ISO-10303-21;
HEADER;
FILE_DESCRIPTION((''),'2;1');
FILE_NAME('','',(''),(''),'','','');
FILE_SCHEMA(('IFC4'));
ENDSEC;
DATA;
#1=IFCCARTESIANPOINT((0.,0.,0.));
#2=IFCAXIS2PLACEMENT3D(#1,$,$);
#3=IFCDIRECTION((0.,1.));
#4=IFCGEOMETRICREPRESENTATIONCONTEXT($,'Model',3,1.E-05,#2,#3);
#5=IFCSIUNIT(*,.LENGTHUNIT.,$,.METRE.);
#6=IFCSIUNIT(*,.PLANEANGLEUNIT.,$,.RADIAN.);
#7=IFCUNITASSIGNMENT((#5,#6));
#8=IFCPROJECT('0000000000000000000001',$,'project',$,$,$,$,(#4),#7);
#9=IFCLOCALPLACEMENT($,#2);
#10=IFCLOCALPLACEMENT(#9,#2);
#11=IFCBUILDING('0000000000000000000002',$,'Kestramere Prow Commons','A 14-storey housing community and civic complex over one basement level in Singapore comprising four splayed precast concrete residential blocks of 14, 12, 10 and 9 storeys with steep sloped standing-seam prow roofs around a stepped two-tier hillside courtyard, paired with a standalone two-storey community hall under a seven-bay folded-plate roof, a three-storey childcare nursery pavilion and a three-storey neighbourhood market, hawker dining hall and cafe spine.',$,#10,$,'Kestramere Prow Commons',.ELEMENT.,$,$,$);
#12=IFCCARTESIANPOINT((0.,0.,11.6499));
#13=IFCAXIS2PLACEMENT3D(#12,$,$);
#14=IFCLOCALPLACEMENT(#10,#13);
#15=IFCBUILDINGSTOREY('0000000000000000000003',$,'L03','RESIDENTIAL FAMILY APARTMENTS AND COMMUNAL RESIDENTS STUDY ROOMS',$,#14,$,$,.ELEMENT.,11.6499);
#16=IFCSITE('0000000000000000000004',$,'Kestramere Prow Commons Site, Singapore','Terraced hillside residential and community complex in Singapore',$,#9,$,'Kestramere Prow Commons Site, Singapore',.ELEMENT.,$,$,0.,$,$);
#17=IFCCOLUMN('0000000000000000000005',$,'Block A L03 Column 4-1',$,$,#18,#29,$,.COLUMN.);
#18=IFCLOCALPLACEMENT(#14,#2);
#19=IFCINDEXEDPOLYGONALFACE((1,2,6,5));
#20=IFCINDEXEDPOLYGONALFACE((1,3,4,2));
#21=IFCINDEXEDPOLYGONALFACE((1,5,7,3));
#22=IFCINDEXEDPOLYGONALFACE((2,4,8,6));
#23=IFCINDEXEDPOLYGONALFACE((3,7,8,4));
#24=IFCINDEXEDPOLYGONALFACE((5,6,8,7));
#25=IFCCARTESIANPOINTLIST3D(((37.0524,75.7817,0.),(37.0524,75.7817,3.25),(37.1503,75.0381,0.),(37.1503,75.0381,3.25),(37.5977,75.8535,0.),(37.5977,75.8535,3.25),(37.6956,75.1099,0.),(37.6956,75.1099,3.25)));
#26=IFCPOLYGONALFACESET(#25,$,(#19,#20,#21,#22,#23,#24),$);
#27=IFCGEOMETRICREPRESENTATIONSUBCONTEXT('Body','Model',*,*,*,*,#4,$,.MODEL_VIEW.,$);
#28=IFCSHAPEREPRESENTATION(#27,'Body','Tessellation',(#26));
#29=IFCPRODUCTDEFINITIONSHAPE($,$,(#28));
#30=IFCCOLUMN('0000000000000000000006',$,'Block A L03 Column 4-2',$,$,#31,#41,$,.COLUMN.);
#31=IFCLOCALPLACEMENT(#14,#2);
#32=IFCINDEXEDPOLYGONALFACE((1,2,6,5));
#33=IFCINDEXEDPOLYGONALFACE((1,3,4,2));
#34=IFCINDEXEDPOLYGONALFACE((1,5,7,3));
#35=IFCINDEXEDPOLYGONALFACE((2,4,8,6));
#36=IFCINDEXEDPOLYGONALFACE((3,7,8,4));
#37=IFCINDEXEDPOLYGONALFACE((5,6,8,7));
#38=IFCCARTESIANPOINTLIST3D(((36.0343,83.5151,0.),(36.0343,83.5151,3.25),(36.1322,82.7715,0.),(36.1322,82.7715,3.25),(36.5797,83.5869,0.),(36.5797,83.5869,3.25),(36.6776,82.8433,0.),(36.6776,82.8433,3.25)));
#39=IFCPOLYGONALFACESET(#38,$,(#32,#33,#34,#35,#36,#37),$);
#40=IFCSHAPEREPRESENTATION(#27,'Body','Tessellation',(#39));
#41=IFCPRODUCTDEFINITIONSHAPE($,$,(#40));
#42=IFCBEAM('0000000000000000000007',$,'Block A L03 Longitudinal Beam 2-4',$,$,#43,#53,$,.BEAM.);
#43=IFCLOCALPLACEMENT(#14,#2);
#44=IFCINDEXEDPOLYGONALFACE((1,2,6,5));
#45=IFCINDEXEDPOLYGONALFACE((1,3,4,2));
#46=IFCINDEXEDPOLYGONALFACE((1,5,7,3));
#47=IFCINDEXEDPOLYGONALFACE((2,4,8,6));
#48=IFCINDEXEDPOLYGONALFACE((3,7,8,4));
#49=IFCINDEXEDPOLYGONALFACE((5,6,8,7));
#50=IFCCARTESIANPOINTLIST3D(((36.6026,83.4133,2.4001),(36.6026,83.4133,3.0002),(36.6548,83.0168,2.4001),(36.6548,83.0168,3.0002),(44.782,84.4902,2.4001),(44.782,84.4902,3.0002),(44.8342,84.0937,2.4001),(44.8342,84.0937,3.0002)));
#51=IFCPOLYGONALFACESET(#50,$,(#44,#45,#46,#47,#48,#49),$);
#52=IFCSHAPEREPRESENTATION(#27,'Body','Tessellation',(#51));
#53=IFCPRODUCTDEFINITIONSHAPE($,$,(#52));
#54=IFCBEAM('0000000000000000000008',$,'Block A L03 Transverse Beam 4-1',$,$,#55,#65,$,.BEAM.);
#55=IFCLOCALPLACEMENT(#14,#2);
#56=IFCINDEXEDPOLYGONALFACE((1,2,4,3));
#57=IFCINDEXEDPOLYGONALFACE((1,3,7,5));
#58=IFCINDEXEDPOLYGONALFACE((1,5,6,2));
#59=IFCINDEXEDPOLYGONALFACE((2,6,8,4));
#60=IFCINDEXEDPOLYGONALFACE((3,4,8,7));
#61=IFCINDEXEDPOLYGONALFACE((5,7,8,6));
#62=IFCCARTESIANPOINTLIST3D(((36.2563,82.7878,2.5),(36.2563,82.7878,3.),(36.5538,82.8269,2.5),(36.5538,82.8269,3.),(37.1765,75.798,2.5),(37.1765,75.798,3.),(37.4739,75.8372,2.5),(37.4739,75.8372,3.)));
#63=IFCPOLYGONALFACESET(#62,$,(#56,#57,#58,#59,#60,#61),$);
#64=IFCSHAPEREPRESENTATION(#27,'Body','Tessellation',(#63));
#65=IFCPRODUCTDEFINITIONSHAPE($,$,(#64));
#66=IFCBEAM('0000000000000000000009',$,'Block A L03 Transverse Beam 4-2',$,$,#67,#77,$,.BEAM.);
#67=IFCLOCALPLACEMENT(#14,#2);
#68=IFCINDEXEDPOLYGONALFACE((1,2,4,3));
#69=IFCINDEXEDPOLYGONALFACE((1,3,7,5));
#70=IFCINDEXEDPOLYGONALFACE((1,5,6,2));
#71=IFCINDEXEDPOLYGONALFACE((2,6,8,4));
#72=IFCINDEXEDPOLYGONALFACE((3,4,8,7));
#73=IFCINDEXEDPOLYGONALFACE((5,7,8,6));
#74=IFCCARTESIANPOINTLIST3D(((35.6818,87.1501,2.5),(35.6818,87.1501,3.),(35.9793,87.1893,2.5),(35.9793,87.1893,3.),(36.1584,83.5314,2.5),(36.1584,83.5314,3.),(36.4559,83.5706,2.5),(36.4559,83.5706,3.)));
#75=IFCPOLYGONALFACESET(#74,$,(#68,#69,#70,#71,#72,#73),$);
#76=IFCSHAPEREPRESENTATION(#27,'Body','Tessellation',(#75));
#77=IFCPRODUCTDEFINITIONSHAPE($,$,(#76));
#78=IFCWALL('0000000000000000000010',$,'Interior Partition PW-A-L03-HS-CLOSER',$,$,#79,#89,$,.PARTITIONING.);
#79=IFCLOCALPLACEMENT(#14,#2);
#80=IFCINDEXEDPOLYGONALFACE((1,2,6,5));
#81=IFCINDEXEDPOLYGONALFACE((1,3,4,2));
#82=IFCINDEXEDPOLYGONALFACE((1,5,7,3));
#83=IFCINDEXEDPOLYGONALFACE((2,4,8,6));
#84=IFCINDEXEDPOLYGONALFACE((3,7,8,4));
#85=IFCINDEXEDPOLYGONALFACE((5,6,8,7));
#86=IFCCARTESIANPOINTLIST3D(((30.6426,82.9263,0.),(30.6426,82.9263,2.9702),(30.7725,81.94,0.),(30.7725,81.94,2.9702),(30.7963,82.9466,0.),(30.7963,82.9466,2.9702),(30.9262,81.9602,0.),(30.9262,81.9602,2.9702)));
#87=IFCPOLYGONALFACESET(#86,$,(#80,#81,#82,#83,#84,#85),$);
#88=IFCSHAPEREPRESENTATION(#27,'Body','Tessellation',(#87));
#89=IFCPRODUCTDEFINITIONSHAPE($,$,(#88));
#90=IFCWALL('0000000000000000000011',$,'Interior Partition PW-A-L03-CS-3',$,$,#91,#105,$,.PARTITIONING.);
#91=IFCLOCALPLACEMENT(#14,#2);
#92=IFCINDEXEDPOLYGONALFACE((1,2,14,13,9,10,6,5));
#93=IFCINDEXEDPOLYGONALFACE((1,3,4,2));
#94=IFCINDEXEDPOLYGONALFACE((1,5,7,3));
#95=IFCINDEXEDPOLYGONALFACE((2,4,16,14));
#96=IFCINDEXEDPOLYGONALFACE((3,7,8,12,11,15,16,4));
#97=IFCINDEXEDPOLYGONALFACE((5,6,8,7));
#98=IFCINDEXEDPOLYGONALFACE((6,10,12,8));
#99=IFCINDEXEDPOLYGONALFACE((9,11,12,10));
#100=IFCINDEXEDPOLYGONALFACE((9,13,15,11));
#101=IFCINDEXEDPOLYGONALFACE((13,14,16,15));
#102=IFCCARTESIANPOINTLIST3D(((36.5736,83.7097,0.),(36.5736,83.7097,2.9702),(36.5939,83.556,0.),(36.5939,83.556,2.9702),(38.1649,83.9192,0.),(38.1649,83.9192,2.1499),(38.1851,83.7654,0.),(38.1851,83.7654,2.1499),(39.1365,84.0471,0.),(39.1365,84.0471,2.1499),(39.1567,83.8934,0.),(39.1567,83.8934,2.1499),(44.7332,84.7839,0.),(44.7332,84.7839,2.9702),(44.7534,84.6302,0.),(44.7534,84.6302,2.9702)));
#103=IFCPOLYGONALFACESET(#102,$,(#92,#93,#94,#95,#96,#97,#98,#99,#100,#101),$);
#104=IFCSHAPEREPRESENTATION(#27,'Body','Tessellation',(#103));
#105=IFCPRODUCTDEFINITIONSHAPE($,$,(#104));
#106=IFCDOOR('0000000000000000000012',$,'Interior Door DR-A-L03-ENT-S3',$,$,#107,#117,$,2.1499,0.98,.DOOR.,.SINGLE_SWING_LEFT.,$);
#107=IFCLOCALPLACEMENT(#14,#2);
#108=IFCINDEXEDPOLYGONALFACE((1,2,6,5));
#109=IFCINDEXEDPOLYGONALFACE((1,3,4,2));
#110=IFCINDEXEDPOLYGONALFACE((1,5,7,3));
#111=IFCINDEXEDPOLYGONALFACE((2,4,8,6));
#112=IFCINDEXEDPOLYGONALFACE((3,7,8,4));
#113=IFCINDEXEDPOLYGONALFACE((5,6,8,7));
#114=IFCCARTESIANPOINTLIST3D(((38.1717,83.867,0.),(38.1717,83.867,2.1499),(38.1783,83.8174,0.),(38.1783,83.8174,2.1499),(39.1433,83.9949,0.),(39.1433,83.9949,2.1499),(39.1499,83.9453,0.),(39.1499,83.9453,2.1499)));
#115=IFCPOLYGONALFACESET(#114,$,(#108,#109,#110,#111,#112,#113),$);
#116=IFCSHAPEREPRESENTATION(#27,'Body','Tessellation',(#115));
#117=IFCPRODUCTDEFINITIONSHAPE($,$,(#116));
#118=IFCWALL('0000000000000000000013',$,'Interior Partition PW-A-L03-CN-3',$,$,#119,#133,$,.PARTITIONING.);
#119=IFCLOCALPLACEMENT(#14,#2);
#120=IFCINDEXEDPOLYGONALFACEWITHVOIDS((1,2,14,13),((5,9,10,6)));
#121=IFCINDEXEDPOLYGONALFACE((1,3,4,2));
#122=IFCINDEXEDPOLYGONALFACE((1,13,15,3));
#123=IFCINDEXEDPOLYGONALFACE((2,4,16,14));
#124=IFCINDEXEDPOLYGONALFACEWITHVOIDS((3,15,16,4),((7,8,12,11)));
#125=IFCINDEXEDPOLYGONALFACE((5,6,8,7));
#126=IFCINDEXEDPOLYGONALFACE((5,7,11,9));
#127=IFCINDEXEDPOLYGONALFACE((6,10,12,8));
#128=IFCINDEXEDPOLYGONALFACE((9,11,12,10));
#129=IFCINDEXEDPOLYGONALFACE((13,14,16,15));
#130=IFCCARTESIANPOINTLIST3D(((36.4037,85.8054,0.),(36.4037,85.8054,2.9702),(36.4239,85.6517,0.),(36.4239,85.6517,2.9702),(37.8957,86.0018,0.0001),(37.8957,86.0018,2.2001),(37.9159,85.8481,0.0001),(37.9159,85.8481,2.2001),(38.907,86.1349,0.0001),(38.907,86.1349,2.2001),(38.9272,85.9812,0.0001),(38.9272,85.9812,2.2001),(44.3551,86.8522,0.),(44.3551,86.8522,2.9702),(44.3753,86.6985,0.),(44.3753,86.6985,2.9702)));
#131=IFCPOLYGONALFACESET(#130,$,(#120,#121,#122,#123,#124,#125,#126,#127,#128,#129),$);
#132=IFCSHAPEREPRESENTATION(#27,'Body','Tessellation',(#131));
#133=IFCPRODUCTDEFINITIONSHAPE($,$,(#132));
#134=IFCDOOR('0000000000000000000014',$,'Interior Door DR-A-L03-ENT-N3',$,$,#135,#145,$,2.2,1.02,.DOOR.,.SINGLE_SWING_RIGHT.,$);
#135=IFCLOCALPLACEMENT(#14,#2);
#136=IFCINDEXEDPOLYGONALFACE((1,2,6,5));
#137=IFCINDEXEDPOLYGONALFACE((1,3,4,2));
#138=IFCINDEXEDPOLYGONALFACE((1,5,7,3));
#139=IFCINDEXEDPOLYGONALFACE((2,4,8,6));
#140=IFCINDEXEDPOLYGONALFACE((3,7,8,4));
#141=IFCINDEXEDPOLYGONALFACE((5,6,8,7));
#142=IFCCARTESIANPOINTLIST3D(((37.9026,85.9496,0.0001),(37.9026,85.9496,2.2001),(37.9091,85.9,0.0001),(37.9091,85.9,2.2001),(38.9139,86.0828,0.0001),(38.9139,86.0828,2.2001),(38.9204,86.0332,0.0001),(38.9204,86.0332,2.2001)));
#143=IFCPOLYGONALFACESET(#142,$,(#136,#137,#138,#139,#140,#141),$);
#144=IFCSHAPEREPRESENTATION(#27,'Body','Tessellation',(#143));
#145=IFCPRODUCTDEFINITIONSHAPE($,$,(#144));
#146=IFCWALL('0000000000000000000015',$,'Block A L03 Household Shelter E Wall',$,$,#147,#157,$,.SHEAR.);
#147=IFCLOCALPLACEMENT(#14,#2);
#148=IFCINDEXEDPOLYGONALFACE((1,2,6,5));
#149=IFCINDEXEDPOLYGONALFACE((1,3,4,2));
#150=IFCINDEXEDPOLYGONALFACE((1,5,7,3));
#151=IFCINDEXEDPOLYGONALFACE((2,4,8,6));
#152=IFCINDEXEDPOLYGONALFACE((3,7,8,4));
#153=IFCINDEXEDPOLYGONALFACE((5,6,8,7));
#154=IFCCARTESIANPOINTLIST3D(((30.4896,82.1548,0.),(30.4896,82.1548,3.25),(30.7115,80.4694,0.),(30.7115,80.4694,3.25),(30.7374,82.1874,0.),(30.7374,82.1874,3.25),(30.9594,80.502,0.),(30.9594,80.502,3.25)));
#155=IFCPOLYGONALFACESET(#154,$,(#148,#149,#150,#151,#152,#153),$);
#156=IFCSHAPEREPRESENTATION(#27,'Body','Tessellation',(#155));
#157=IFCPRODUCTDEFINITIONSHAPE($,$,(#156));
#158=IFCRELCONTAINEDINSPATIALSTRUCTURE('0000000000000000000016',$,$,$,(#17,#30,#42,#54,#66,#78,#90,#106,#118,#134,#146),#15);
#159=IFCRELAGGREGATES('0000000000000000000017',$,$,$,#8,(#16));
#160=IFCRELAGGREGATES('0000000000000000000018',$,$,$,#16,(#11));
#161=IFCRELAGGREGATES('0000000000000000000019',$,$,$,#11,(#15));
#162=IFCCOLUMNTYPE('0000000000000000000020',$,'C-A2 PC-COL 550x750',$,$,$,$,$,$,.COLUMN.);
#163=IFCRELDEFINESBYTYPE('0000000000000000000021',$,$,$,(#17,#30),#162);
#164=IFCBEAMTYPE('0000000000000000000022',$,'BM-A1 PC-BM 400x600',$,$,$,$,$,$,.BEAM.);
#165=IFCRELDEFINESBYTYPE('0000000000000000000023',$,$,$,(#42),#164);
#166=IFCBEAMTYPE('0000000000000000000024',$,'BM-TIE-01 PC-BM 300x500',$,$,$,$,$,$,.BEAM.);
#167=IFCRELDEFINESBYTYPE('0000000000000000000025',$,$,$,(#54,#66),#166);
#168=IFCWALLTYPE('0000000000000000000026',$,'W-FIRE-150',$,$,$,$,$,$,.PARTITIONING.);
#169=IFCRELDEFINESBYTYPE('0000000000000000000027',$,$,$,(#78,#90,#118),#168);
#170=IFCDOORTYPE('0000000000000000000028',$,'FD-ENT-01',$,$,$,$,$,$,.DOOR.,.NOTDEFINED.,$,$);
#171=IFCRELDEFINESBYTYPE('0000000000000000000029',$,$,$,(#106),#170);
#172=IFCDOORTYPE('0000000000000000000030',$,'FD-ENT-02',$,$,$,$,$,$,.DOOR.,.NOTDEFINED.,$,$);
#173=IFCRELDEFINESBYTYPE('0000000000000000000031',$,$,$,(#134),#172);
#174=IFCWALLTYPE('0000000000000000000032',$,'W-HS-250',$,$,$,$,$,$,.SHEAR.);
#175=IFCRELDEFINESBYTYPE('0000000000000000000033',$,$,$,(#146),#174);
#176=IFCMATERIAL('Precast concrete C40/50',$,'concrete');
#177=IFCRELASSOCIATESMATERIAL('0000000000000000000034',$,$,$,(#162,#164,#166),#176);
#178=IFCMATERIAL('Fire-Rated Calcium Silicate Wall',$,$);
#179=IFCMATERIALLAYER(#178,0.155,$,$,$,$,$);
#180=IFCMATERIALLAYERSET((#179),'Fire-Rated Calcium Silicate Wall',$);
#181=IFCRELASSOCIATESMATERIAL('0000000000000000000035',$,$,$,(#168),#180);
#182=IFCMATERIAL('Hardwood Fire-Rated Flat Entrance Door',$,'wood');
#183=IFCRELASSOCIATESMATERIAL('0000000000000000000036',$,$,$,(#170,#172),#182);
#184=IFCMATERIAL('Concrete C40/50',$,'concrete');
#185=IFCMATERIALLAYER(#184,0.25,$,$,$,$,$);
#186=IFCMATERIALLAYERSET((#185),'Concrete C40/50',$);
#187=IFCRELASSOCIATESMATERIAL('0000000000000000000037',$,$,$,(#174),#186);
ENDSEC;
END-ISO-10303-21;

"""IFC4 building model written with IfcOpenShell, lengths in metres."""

from ifc_helpers import new_model, si_unit, direction, frame, frame_2d, origin, origin_2d, place, context, subcontext, project, spatial, rectangle, extrude, material, layer, layer_set, material_profile, profile_set, type_object, element, fill, save


model = new_model("IFC4")

# Units and contexts
model_context = context("Model", 3, precision=1e-05, world=origin(), true_north=direction((0.0, 1.0)))
body_context = subcontext(model_context, "Body", "Model", "MODEL_VIEW")
ifc_project = project(units=[si_unit("LENGTHUNIT", "METRE"), si_unit("PLANEANGLEUNIT", "RADIAN")], contexts=[model_context])

# Site, building, storey
site_placement = place(None, origin())
site = spatial("IfcSite", under=ifc_project, at=site_placement, Name="Kestramere Prow Commons Site, Singapore", Description="Terraced hillside residential and community complex in Singapore", LongName="Kestramere Prow Commons Site, Singapore", CompositionType="ELEMENT", RefElevation=0.0)
building_placement = place(site_placement, origin())
building = spatial("IfcBuilding", under=site, at=building_placement, Name="Kestramere Prow Commons", Description="A 14-storey housing community and civic complex over one basement level in Singapore comprising four splayed precast concrete residential blocks of 14, 12, 10 and 9 storeys with steep sloped standing-seam prow roofs around a stepped two-tier hillside courtyard, paired with a standalone two-storey community hall under a seven-bay folded-plate roof, a three-storey childcare nursery pavilion and a three-storey neighbourhood market, hawker dining hall and cafe spine.", LongName="Kestramere Prow Commons", CompositionType="ELEMENT")
storey_placement = place(building_placement, frame((0.0, 0.0, 11.6499)))
storey = spatial("IfcBuildingStorey", under=building, at=storey_placement, Name="L03", Description="RESIDENTIAL FAMILY APARTMENTS AND COMMUNAL RESIDENTS STUDY ROOMS", CompositionType="ELEMENT", Elevation=11.6499)

# Columns
ifc_material_1 = material(Name="Precast concrete C40/50", Category="concrete")
ifc_material_profile_1 = material_profile(ifc_material_1, rectangle(XDim=0.55, YDim=0.75, at=origin_2d()), Name="PC-COL 550x750")
ifc_profile_set_1 = profile_set([ifc_material_profile_1], Name="Precast concrete C40/50")
column_type = type_object("IfcColumnType", Name="C-A2 PC-COL 550x750", PredefinedType="COLUMN", material=ifc_profile_set_1)
for number, where, z_axis, x_axis, name in (
    (1, (37.374, 75.4458, 0.0), (0.0, 0.0, 1.0), (0.991445, 0.130526, 0.0), "Block A L03 Column 4-1"),
    (2, (36.356, 83.1792, 0.0), (0.0, 0.0, 1.0), (0.991445, 0.130526, 0.0), "Block A L03 Column 4-2"),
):
    element("IfcColumn", number, at=place(storey_placement, frame(where, z_axis=z_axis, x_axis=x_axis)), inside=storey, type_object=column_type, Name=name, PredefinedType="COLUMN", context=body_context, shape_type="SweptSolid", body=[
        extrude(rectangle(XDim=0.55, YDim=0.75, at=origin_2d()), origin(), (0.0, 0.0, 1.0), 3.25),
    ])

# Beams
ifc_material_profile_2 = material_profile(ifc_material_1, rectangle(XDim=0.3999, YDim=0.6001, at=origin_2d()), Name="PC-BM 400x600")
ifc_profile_set_2 = profile_set([ifc_material_profile_2], Name="Precast concrete C40/50")
beam_type_1 = type_object("IfcBeamType", Name="BM-A1 PC-BM 400x600", PredefinedType="BEAM", material=ifc_profile_set_2)
beam_1_placement = place(storey_placement, frame((36.6287, 83.2151, 2.7002), z_axis=(0.991444, 0.130533, 0.0), x_axis=(-0.130533, 0.991444, 0.0)))
element("IfcBeam", 3, at=beam_1_placement, inside=storey, type_object=beam_type_1, Name="Block A L03 Longitudinal Beam 2-4", PredefinedType="BEAM", context=body_context, shape_type="SweptSolid", body=[
    extrude(rectangle(XDim=0.3999, YDim=0.6001, at=origin_2d()), origin(), (0.0, 0.0, 1.0), 8.25),
])
ifc_material_profile_3 = material_profile(ifc_material_1, rectangle(XDim=0.3, YDim=0.5, at=origin_2d()), Name="PC-BM 300x500")
ifc_profile_set_3 = profile_set([ifc_material_profile_3], Name="Precast concrete C40/50")
beam_type_2 = type_object("IfcBeamType", Name="BM-TIE-01 PC-BM 300x500", PredefinedType="BEAM", material=ifc_profile_set_3)
beam_2_placement = place(storey_placement, frame((37.3252, 75.8176, 2.75), z_axis=(-0.130519, 0.991446, 0.0), x_axis=(-0.991446, -0.130519, 0.0)))
element("IfcBeam", 4, at=beam_2_placement, inside=storey, type_object=beam_type_2, Name="Block A L03 Transverse Beam 4-1", PredefinedType="BEAM", context=body_context, shape_type="SweptSolid", body=[
    extrude(rectangle(XDim=0.3, YDim=0.5, at=origin_2d()), origin(), (0.0, 0.0, 1.0), 7.05),
])
beam_3_placement = place(storey_placement, frame((36.3071, 83.551, 2.75), z_axis=(-0.130569, 0.991439, 0.0), x_axis=(-0.991439, -0.130569, 0.0)))
element("IfcBeam", 5, at=beam_3_placement, inside=storey, type_object=beam_type_2, Name="Block A L03 Transverse Beam 4-2", PredefinedType="BEAM", context=body_context, shape_type="SweptSolid", body=[
    extrude(rectangle(XDim=0.3, YDim=0.5, at=origin_2d()), origin(), (0.0, 0.0, 1.0), 3.6499),
])

# Wall
ifc_material_2 = material(Name="Fire-Rated Calcium Silicate Wall")
ifc_layer_1 = layer(ifc_material_2, 0.155)
ifc_layer_set_1 = layer_set([ifc_layer_1], Name="Fire-Rated Calcium Silicate Wall")
wall_type_1 = type_object("IfcWallType", Name="W-FIRE-150", PredefinedType="PARTITIONING", material=ifc_layer_set_1)
wall_1_placement = place(storey_placement, frame((30.8494, 81.95, 0.0), z_axis=(0.0, 0.0, 1.0), x_axis=(-0.130556, 0.991441, 0.0)))
element("IfcWall", 6, at=wall_1_placement, inside=storey, type_object=wall_type_1, Name="Interior Partition PW-A-L03-HS-CLOSER", PredefinedType="PARTITIONING", context=body_context, shape_type="SweptSolid", body=[
    extrude(rectangle(XDim=0.9949, YDim=0.155, at=frame_2d((0.4976, 0.0))), origin(), (0.0, 0.0, 1.0), 2.9702),
])

# Walls, openings, doors
wall_2_placement = place(storey_placement, frame((36.5837, 83.6328, 0.0), z_axis=(0.0, 0.0, 1.0), x_axis=(0.991445, 0.130524, 0.0)))
wall_2 = element("IfcWall", 7, at=wall_2_placement, inside=storey, type_object=wall_type_1, Name="Interior Partition PW-A-L03-CS-3", PredefinedType="PARTITIONING", context=body_context, shape_type="SweptSolid", body=[
    extrude(rectangle(XDim=8.23, YDim=0.155, at=frame_2d((4.115, 0.0))), origin(), (0.0, 0.0, 1.0), 2.9702),
])
opening_1_placement = place(wall_2_placement, frame((1.605, 0.0, 0.0)))
opening_1 = element("IfcOpeningElement", 8, at=opening_1_placement, cuts=wall_2, PredefinedType="OPENING", context=body_context, shape_type="SweptSolid", body=[
    extrude(rectangle(XDim=0.98, YDim=2.1499, at=frame_2d((0.49, 1.075))), frame((0.0, 0.0925, 0.0), z_axis=(0.0, -1.0, 0.0), x_axis=(1.0, 0.0, 0.0)), (0.0, 0.0, 1.0), 0.1851),
])
ifc_material_3 = material(Name="Hardwood Fire-Rated Flat Entrance Door", Category="wood")
door_type_1 = type_object("IfcDoorType", Name="FD-ENT-01", OperationType="NOTDEFINED", PredefinedType="DOOR", material=ifc_material_3)
door_1_placement = place(opening_1_placement, origin())
door_1 = element("IfcDoor", 9, at=door_1_placement, inside=storey, type_object=door_type_1, Name="Interior Door DR-A-L03-ENT-S3", OperationType="SINGLE_SWING_LEFT", OverallHeight=2.1499, OverallWidth=0.98, PredefinedType="DOOR", context=body_context, shape_type="SweptSolid", body=[
    extrude(rectangle(XDim=0.98, YDim=2.1499, at=frame_2d((0.49, 1.075))), frame((0.0, 0.0249, 0.0), z_axis=(0.0, -1.0, 0.0), x_axis=(1.0, 0.0, 0.0)), (0.0, 0.0, 1.0), 0.05),
])
fill(opening_1, door_1)
wall_3_placement = place(storey_placement, frame((36.4138, 85.7285, 0.0), z_axis=(0.0, 0.0, 1.0), x_axis=(0.991444, 0.130532, 0.0)))
wall_3 = element("IfcWall", 10, at=wall_3_placement, inside=storey, type_object=wall_type_1, Name="Interior Partition PW-A-L03-CN-3", PredefinedType="PARTITIONING", context=body_context, shape_type="SweptSolid", body=[
    extrude(rectangle(XDim=8.02, YDim=0.155, at=frame_2d((4.01, 0.0))), origin(), (0.0, 0.0, 1.0), 2.9702),
])
opening_2_placement = place(wall_3_placement, frame((1.5049, 0.0, 0.0)))
opening_2 = element("IfcOpeningElement", 11, at=opening_2_placement, cuts=wall_3, PredefinedType="OPENING", context=body_context, shape_type="SweptSolid", body=[
    extrude(rectangle(XDim=1.02, YDim=2.2, at=frame_2d((0.51, 1.1001))), frame((0.0, 0.0925, 0.0), z_axis=(0.0, -1.0, 0.0), x_axis=(1.0, 0.0, 0.0)), (0.0, 0.0, 1.0), 0.1851),
])
door_type_2 = type_object("IfcDoorType", Name="FD-ENT-02", OperationType="NOTDEFINED", PredefinedType="DOOR", material=ifc_material_3)
door_2_placement = place(opening_2_placement, origin())
door_2 = element("IfcDoor", 12, at=door_2_placement, inside=storey, type_object=door_type_2, Name="Interior Door DR-A-L03-ENT-N3", OperationType="SINGLE_SWING_RIGHT", OverallHeight=2.2, OverallWidth=1.02, PredefinedType="DOOR", context=body_context, shape_type="SweptSolid", body=[
    extrude(rectangle(XDim=1.02, YDim=2.2, at=frame_2d((0.51, 1.1001))), frame((0.0, 0.0249, 0.0), z_axis=(0.0, -1.0, 0.0), x_axis=(1.0, 0.0, 0.0)), (0.0, 0.0, 1.0), 0.05),
])
fill(opening_2, door_2)

# Wall
ifc_material_4 = material(Name="Concrete C40/50", Category="concrete")
ifc_layer_2 = layer(ifc_material_4, 0.25)
ifc_layer_set_2 = layer_set([ifc_layer_2], Name="Concrete C40/50")
wall_type_2 = type_object("IfcWallType", Name="W-HS-250", PredefinedType="SHEAR", material=ifc_layer_set_2)
wall_4_placement = place(storey_placement, frame((30.8354, 80.4856, 0.0), z_axis=(0.0, 0.0, 1.0), x_axis=(-0.130555, 0.991441, 0.0)))
element("IfcWall", 13, at=wall_4_placement, inside=storey, type_object=wall_type_2, Name="Block A L03 Household Shelter E Wall", PredefinedType="SHEAR", context=body_context, shape_type="SweptSolid", body=[
    extrude(rectangle(XDim=1.7, YDim=0.25, at=frame_2d((0.8501, 0.0))), origin(), (0.0, 0.0, 1.0), 3.25),
])

save(model, "model.ifc")
